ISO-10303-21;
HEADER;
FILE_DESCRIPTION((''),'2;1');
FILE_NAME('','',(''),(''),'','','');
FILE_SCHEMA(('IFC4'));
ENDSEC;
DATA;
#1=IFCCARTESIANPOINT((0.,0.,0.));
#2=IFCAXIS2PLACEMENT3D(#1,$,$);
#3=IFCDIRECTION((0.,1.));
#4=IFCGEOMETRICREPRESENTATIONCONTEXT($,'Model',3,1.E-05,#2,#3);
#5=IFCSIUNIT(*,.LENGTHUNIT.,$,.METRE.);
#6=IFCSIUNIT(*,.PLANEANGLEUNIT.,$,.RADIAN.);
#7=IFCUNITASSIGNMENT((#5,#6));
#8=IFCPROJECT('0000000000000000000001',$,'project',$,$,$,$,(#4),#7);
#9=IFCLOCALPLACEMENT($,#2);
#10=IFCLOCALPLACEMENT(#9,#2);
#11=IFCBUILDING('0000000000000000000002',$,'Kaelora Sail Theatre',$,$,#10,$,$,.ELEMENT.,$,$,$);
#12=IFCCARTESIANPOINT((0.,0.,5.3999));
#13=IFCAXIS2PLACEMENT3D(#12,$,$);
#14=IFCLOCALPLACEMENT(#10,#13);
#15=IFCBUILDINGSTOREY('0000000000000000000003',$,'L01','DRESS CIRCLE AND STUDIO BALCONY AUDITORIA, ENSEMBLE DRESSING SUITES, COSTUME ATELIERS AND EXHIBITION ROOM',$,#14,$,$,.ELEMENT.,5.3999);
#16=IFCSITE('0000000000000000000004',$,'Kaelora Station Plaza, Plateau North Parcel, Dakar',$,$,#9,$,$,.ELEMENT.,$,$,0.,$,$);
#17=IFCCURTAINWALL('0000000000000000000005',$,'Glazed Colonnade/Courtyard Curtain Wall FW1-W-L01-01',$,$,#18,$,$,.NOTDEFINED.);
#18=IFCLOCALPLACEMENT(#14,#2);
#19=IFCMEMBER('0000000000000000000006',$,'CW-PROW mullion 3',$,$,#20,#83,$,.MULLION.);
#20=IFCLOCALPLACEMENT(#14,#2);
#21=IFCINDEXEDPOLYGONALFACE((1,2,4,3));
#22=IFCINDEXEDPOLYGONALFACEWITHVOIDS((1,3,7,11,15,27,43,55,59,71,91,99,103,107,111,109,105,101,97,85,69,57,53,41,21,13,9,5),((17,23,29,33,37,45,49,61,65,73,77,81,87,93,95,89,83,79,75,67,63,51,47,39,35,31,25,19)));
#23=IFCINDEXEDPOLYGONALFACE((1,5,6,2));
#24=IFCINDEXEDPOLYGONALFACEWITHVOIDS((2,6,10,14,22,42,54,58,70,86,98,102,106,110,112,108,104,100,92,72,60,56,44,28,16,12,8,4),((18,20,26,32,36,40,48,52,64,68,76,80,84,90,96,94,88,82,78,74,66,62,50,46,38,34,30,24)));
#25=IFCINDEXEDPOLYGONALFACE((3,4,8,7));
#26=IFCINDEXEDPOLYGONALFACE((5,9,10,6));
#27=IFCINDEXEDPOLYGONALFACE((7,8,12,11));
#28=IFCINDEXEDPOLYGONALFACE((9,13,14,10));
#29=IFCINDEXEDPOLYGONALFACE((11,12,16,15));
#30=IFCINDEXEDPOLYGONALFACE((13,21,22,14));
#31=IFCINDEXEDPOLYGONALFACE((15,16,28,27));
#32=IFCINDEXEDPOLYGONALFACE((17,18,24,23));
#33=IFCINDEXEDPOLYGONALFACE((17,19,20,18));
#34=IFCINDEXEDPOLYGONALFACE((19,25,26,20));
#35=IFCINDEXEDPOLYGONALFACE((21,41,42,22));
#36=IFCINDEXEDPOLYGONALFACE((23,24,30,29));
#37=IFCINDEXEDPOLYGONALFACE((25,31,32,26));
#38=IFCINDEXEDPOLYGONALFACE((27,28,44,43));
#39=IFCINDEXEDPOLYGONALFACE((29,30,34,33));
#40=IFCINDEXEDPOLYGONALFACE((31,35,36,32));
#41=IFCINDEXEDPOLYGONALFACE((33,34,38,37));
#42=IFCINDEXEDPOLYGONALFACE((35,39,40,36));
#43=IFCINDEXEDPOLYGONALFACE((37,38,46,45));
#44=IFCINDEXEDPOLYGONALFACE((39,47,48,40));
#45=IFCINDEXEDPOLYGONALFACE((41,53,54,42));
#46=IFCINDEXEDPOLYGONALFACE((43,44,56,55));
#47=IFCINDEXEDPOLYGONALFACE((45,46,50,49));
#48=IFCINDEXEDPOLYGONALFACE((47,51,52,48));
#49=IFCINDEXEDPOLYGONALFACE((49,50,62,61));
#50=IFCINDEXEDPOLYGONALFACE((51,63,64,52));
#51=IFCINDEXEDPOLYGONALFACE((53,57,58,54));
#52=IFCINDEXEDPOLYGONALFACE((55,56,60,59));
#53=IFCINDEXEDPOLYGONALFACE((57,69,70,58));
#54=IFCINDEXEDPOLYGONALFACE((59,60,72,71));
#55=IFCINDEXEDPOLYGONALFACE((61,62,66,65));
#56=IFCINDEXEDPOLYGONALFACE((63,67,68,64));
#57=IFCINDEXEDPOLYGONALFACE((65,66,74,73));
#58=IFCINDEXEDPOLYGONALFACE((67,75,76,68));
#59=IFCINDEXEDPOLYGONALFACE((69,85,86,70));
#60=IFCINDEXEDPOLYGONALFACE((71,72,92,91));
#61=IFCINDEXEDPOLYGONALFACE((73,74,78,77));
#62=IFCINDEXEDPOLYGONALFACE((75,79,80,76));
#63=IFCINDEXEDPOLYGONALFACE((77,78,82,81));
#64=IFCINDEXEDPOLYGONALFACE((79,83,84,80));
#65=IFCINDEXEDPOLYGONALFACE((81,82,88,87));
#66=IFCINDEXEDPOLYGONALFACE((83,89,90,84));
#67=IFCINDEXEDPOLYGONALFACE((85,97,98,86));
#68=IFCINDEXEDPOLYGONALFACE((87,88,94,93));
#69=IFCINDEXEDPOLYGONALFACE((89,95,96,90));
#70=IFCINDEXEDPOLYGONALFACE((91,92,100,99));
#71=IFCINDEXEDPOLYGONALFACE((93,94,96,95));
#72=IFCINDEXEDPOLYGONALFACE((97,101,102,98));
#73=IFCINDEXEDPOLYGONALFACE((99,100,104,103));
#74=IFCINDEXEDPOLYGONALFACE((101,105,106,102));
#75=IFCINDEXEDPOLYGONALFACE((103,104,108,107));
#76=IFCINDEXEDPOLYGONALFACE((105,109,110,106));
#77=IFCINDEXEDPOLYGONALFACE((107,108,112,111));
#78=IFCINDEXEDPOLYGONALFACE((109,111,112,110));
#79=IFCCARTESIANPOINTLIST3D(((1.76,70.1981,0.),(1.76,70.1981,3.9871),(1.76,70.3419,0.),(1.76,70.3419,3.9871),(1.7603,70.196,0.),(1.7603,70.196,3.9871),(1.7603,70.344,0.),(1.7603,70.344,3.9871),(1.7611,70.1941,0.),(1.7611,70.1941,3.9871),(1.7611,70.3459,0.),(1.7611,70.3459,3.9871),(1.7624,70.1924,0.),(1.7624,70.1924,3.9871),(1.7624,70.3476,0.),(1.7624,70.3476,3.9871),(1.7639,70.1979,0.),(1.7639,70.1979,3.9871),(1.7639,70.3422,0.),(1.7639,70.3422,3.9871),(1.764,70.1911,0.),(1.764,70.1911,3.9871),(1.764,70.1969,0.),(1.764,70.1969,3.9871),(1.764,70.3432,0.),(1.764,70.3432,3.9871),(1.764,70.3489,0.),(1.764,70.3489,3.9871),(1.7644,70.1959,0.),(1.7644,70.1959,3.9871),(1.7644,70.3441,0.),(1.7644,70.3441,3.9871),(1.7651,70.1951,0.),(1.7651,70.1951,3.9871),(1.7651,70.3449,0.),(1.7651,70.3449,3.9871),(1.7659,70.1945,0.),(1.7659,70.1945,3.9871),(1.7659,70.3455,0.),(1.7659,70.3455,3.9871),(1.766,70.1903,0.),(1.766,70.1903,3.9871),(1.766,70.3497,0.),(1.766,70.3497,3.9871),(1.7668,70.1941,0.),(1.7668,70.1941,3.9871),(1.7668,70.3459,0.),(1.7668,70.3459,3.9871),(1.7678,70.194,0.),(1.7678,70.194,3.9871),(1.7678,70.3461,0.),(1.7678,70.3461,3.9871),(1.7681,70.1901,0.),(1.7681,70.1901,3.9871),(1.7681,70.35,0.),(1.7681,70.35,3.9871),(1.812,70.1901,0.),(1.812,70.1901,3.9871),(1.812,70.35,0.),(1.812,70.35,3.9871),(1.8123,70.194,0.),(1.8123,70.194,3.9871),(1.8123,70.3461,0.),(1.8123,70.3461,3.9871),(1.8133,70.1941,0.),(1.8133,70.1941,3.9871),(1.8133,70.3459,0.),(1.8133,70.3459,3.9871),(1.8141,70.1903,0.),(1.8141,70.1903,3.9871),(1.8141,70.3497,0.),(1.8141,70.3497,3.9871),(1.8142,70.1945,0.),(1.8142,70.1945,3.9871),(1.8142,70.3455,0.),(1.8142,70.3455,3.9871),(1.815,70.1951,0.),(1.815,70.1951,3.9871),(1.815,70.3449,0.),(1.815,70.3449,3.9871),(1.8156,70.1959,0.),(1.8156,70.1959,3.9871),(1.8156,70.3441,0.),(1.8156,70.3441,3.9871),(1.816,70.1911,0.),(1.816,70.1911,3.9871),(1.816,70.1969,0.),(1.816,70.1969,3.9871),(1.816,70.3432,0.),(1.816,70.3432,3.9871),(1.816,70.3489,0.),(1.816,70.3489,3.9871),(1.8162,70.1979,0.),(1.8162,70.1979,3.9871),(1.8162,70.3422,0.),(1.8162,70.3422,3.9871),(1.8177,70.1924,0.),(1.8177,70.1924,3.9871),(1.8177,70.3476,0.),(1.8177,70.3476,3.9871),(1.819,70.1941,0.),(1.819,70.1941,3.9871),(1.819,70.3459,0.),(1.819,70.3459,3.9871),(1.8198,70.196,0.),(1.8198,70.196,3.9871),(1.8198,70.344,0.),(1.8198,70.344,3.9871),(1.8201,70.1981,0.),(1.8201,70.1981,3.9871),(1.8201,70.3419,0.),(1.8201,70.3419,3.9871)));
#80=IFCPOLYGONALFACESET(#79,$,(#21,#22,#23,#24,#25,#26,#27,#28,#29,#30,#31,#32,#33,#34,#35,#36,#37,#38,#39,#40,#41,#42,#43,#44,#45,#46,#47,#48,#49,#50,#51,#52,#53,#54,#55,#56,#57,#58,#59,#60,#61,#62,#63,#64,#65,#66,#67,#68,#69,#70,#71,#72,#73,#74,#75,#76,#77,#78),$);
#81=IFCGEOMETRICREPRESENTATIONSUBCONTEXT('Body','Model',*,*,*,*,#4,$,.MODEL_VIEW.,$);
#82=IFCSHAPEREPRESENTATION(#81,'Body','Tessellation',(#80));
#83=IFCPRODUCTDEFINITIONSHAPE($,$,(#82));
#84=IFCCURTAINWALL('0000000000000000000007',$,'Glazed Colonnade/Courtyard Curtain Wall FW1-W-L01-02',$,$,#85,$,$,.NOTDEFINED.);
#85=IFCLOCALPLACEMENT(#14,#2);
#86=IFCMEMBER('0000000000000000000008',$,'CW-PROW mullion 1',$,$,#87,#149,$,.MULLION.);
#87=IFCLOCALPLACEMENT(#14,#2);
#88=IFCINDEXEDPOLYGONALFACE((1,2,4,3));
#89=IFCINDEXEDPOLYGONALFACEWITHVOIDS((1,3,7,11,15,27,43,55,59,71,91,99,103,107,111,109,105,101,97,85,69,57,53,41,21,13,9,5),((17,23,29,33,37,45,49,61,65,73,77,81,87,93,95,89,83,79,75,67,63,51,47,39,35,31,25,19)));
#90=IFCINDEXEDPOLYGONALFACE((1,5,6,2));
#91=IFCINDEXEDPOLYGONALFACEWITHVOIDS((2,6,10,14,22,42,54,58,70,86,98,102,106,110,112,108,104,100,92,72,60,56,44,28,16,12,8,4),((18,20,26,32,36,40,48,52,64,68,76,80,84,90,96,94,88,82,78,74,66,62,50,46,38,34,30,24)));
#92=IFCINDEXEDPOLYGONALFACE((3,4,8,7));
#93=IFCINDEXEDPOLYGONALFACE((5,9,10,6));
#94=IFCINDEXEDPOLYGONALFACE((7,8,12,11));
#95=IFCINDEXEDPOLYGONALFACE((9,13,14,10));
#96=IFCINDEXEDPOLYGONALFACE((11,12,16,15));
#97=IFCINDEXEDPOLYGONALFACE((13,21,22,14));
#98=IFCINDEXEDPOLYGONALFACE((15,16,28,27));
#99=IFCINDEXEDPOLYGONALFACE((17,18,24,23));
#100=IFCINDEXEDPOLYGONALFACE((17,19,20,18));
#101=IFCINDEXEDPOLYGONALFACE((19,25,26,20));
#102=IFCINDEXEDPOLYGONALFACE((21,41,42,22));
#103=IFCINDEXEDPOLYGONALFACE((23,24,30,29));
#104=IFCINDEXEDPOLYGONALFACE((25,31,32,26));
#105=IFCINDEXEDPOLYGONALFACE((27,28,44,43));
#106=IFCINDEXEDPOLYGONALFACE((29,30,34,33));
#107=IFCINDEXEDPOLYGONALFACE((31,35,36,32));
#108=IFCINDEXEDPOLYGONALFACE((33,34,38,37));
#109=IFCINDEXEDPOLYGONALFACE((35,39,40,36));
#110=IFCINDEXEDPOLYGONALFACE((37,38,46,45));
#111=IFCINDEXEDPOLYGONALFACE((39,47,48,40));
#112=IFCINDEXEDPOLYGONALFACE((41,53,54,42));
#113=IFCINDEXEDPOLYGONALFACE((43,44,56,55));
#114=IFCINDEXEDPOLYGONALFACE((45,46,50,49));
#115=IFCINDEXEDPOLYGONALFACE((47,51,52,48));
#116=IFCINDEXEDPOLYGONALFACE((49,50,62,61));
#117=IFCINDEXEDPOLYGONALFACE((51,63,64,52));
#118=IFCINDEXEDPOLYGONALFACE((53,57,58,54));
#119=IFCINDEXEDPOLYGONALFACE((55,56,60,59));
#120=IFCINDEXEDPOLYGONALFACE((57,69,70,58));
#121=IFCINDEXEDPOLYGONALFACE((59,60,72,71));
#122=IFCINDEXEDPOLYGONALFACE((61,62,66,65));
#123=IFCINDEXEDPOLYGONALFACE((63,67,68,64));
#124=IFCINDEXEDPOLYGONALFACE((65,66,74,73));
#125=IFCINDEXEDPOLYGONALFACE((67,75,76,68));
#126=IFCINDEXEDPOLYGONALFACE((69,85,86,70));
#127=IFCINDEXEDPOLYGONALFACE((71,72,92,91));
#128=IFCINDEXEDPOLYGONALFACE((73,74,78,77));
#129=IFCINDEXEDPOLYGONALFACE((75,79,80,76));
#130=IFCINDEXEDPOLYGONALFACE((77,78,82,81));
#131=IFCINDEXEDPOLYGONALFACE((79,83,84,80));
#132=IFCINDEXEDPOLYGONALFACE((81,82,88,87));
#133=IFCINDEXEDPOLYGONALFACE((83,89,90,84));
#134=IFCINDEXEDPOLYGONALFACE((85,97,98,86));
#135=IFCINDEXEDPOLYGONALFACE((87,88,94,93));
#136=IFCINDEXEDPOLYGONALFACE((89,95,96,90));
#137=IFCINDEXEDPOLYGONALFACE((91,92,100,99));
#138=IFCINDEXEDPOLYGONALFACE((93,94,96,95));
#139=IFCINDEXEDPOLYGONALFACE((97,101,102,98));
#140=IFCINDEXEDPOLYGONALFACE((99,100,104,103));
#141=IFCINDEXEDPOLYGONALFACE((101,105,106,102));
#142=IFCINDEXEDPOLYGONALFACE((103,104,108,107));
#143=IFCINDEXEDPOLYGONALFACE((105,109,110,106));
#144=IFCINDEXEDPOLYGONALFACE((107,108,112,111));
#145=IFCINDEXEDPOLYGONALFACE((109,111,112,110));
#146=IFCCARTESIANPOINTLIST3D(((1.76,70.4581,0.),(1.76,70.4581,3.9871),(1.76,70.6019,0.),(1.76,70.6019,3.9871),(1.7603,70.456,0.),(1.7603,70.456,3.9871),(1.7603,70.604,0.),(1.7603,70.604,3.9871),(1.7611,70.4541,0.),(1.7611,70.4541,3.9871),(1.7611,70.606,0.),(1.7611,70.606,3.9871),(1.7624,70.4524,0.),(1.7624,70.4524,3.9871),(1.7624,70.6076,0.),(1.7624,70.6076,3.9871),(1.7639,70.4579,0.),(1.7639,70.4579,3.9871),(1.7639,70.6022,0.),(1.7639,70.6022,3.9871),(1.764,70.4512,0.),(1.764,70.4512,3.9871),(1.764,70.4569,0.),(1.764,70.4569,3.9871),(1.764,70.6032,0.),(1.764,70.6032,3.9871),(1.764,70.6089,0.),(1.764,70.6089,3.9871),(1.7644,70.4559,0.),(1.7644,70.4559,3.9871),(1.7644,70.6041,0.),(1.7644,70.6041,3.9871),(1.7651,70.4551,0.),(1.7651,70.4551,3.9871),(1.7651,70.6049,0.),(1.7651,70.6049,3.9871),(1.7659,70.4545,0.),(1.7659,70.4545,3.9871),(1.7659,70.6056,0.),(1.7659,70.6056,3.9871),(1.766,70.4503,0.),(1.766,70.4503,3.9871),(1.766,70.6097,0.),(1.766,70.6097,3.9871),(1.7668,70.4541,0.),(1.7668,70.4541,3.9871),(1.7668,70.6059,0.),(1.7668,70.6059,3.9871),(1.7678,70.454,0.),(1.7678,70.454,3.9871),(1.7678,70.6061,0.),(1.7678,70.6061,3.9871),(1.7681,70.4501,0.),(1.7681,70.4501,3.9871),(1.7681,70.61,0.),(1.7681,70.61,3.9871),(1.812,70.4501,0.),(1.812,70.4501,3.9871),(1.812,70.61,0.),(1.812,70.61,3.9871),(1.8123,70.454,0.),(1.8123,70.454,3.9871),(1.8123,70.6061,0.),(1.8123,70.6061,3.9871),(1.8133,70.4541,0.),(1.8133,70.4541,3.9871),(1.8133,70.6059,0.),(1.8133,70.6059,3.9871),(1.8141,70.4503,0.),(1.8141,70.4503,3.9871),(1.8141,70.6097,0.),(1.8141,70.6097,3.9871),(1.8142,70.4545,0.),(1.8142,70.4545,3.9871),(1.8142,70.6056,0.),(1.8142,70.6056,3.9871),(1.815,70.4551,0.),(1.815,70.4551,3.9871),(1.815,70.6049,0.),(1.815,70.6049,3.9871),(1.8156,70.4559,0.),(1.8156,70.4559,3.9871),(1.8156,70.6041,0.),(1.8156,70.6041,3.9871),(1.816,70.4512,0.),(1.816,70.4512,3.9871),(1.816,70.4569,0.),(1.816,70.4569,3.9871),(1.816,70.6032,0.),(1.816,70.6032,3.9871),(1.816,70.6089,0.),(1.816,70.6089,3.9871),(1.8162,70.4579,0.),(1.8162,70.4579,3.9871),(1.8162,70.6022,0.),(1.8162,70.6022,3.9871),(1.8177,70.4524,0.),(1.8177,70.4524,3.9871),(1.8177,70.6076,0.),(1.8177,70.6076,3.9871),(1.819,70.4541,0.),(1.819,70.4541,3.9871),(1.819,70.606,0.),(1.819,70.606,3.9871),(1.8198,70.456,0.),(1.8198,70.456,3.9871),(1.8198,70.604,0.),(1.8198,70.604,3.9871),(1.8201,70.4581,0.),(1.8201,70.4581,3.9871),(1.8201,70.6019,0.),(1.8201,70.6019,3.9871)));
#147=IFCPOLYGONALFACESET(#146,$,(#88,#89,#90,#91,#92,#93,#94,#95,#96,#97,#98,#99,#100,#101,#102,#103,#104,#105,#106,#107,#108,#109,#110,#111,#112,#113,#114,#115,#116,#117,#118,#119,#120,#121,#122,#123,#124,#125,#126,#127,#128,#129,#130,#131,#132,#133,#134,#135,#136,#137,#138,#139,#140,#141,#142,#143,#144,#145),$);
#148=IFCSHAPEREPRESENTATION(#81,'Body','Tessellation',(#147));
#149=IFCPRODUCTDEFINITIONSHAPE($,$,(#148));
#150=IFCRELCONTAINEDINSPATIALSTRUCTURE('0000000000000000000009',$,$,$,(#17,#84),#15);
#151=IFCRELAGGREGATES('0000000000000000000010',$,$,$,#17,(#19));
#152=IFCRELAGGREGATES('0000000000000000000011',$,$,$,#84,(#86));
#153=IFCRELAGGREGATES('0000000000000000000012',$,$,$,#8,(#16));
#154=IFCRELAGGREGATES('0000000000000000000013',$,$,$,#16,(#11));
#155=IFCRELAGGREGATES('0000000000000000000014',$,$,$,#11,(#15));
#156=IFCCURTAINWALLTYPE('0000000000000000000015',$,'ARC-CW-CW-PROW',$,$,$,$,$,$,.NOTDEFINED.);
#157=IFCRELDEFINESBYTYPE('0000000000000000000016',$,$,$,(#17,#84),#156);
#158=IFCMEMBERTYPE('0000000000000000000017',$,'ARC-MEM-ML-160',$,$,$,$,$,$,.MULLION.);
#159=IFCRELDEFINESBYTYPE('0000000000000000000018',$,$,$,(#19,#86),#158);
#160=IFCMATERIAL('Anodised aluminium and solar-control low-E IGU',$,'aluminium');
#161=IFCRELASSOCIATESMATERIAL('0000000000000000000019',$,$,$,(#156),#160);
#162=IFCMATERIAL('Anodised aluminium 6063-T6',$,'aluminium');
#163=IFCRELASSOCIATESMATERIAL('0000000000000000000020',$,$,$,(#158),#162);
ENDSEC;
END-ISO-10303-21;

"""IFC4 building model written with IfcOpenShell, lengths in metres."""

from ifc_helpers import new_model, si_unit, direction, frame, origin, origin_2d, place, context, subcontext, project, spatial, hollow_rectangle, extrude, material, material_profile, profile_set, type_object, element, aggregate, save


model = new_model("IFC4")

# Units and contexts
model_context = context("Model", 3, precision=1e-05, world=origin(), true_north=direction((0.0, 1.0)))
body_context = subcontext(model_context, "Body", "Model", "MODEL_VIEW")
ifc_project = project(units=[si_unit("LENGTHUNIT", "METRE"), si_unit("PLANEANGLEUNIT", "RADIAN")], contexts=[model_context])

# Site, building, storey
site_placement = place(None, origin())
site = spatial("IfcSite", under=ifc_project, at=site_placement, Name="Kaelora Station Plaza, Plateau North Parcel, Dakar", CompositionType="ELEMENT", RefElevation=0.0)
building_placement = place(site_placement, origin())
building = spatial("IfcBuilding", under=site, at=building_placement, Name="Kaelora Sail Theatre", CompositionType="ELEMENT")
storey_placement = place(building_placement, frame((0.0, 0.0, 5.3999)))
storey = spatial("IfcBuildingStorey", under=building, at=storey_placement, Name="L01", Description="DRESS CIRCLE AND STUDIO BALCONY AUDITORIA, ENSEMBLE DRESSING SUITES, COSTUME ATELIERS AND EXHIBITION ROOM", CompositionType="ELEMENT", Elevation=5.3999)

# Curtain walls, members
ifc_material_1 = material(Name="Anodised aluminium and solar-control low-E IGU", Category="aluminium")
curtain_wall_type = type_object("IfcCurtainWallType", Name="ARC-CW-CW-PROW", PredefinedType="NOTDEFINED", material=ifc_material_1)
curtain_wall_1_placement = place(storey_placement, origin())
curtain_wall_1 = element("IfcCurtainWall", 1, at=curtain_wall_1_placement, inside=storey, type_object=curtain_wall_type, Name="Glazed Colonnade/Courtyard Curtain Wall FW1-W-L01-01", PredefinedType="NOTDEFINED")
ifc_material_2 = material(Name="Anodised aluminium 6063-T6", Category="aluminium")
ifc_material_profile_1 = material_profile(ifc_material_2, hollow_rectangle(XDim=0.0601, YDim=0.1599, WallThickness=0.0039, InnerFilletRadius=0.0039, OuterFilletRadius=0.0081, at=origin_2d()), Name="ALU-MULL 60x160x4")
ifc_profile_set_1 = profile_set([ifc_material_profile_1], Name="Anodised aluminium 6063-T6")
member_type_1 = type_object("IfcMemberType", Name="ARC-MEM-ML-160", PredefinedType="MULLION", material=ifc_profile_set_1)
member_1_placement = place(storey_placement, frame((1.79, 70.27, 0.0), z_axis=(0.0, 0.0, 1.0), x_axis=(-1.0, 0.0, 0.0)))
member_1 = element("IfcMember", 2, at=member_1_placement, type_object=member_type_1, Name="CW-PROW mullion 3", PredefinedType="MULLION", context=body_context, shape_type="SweptSolid", body=[
    extrude(hollow_rectangle(XDim=0.0601, YDim=0.1599, WallThickness=0.0039, InnerFilletRadius=0.0039, OuterFilletRadius=0.0081, at=origin_2d()), origin(), (0.0, 0.0, 1.0), 3.9871),
])
curtain_wall_2_placement = place(storey_placement, origin())
curtain_wall_2 = element("IfcCurtainWall", 3, at=curtain_wall_2_placement, inside=storey, type_object=curtain_wall_type, Name="Glazed Colonnade/Courtyard Curtain Wall FW1-W-L01-02", PredefinedType="NOTDEFINED")
member_2_placement = place(storey_placement, frame((1.79, 70.53, 0.0), z_axis=(0.0, 0.0, 1.0), x_axis=(-1.0, 0.0, 0.0)))
member_2 = element("IfcMember", 4, at=member_2_placement, type_object=member_type_1, Name="CW-PROW mullion 1", PredefinedType="MULLION", context=body_context, shape_type="SweptSolid", body=[
    extrude(hollow_rectangle(XDim=0.0601, YDim=0.1599, WallThickness=0.0039, InnerFilletRadius=0.0039, OuterFilletRadius=0.0081, at=origin_2d()), origin(), (0.0, 0.0, 1.0), 3.9871),
])

aggregate(curtain_wall_1, [member_1])
aggregate(curtain_wall_2, [member_2])

save(model, "model.ifc")
